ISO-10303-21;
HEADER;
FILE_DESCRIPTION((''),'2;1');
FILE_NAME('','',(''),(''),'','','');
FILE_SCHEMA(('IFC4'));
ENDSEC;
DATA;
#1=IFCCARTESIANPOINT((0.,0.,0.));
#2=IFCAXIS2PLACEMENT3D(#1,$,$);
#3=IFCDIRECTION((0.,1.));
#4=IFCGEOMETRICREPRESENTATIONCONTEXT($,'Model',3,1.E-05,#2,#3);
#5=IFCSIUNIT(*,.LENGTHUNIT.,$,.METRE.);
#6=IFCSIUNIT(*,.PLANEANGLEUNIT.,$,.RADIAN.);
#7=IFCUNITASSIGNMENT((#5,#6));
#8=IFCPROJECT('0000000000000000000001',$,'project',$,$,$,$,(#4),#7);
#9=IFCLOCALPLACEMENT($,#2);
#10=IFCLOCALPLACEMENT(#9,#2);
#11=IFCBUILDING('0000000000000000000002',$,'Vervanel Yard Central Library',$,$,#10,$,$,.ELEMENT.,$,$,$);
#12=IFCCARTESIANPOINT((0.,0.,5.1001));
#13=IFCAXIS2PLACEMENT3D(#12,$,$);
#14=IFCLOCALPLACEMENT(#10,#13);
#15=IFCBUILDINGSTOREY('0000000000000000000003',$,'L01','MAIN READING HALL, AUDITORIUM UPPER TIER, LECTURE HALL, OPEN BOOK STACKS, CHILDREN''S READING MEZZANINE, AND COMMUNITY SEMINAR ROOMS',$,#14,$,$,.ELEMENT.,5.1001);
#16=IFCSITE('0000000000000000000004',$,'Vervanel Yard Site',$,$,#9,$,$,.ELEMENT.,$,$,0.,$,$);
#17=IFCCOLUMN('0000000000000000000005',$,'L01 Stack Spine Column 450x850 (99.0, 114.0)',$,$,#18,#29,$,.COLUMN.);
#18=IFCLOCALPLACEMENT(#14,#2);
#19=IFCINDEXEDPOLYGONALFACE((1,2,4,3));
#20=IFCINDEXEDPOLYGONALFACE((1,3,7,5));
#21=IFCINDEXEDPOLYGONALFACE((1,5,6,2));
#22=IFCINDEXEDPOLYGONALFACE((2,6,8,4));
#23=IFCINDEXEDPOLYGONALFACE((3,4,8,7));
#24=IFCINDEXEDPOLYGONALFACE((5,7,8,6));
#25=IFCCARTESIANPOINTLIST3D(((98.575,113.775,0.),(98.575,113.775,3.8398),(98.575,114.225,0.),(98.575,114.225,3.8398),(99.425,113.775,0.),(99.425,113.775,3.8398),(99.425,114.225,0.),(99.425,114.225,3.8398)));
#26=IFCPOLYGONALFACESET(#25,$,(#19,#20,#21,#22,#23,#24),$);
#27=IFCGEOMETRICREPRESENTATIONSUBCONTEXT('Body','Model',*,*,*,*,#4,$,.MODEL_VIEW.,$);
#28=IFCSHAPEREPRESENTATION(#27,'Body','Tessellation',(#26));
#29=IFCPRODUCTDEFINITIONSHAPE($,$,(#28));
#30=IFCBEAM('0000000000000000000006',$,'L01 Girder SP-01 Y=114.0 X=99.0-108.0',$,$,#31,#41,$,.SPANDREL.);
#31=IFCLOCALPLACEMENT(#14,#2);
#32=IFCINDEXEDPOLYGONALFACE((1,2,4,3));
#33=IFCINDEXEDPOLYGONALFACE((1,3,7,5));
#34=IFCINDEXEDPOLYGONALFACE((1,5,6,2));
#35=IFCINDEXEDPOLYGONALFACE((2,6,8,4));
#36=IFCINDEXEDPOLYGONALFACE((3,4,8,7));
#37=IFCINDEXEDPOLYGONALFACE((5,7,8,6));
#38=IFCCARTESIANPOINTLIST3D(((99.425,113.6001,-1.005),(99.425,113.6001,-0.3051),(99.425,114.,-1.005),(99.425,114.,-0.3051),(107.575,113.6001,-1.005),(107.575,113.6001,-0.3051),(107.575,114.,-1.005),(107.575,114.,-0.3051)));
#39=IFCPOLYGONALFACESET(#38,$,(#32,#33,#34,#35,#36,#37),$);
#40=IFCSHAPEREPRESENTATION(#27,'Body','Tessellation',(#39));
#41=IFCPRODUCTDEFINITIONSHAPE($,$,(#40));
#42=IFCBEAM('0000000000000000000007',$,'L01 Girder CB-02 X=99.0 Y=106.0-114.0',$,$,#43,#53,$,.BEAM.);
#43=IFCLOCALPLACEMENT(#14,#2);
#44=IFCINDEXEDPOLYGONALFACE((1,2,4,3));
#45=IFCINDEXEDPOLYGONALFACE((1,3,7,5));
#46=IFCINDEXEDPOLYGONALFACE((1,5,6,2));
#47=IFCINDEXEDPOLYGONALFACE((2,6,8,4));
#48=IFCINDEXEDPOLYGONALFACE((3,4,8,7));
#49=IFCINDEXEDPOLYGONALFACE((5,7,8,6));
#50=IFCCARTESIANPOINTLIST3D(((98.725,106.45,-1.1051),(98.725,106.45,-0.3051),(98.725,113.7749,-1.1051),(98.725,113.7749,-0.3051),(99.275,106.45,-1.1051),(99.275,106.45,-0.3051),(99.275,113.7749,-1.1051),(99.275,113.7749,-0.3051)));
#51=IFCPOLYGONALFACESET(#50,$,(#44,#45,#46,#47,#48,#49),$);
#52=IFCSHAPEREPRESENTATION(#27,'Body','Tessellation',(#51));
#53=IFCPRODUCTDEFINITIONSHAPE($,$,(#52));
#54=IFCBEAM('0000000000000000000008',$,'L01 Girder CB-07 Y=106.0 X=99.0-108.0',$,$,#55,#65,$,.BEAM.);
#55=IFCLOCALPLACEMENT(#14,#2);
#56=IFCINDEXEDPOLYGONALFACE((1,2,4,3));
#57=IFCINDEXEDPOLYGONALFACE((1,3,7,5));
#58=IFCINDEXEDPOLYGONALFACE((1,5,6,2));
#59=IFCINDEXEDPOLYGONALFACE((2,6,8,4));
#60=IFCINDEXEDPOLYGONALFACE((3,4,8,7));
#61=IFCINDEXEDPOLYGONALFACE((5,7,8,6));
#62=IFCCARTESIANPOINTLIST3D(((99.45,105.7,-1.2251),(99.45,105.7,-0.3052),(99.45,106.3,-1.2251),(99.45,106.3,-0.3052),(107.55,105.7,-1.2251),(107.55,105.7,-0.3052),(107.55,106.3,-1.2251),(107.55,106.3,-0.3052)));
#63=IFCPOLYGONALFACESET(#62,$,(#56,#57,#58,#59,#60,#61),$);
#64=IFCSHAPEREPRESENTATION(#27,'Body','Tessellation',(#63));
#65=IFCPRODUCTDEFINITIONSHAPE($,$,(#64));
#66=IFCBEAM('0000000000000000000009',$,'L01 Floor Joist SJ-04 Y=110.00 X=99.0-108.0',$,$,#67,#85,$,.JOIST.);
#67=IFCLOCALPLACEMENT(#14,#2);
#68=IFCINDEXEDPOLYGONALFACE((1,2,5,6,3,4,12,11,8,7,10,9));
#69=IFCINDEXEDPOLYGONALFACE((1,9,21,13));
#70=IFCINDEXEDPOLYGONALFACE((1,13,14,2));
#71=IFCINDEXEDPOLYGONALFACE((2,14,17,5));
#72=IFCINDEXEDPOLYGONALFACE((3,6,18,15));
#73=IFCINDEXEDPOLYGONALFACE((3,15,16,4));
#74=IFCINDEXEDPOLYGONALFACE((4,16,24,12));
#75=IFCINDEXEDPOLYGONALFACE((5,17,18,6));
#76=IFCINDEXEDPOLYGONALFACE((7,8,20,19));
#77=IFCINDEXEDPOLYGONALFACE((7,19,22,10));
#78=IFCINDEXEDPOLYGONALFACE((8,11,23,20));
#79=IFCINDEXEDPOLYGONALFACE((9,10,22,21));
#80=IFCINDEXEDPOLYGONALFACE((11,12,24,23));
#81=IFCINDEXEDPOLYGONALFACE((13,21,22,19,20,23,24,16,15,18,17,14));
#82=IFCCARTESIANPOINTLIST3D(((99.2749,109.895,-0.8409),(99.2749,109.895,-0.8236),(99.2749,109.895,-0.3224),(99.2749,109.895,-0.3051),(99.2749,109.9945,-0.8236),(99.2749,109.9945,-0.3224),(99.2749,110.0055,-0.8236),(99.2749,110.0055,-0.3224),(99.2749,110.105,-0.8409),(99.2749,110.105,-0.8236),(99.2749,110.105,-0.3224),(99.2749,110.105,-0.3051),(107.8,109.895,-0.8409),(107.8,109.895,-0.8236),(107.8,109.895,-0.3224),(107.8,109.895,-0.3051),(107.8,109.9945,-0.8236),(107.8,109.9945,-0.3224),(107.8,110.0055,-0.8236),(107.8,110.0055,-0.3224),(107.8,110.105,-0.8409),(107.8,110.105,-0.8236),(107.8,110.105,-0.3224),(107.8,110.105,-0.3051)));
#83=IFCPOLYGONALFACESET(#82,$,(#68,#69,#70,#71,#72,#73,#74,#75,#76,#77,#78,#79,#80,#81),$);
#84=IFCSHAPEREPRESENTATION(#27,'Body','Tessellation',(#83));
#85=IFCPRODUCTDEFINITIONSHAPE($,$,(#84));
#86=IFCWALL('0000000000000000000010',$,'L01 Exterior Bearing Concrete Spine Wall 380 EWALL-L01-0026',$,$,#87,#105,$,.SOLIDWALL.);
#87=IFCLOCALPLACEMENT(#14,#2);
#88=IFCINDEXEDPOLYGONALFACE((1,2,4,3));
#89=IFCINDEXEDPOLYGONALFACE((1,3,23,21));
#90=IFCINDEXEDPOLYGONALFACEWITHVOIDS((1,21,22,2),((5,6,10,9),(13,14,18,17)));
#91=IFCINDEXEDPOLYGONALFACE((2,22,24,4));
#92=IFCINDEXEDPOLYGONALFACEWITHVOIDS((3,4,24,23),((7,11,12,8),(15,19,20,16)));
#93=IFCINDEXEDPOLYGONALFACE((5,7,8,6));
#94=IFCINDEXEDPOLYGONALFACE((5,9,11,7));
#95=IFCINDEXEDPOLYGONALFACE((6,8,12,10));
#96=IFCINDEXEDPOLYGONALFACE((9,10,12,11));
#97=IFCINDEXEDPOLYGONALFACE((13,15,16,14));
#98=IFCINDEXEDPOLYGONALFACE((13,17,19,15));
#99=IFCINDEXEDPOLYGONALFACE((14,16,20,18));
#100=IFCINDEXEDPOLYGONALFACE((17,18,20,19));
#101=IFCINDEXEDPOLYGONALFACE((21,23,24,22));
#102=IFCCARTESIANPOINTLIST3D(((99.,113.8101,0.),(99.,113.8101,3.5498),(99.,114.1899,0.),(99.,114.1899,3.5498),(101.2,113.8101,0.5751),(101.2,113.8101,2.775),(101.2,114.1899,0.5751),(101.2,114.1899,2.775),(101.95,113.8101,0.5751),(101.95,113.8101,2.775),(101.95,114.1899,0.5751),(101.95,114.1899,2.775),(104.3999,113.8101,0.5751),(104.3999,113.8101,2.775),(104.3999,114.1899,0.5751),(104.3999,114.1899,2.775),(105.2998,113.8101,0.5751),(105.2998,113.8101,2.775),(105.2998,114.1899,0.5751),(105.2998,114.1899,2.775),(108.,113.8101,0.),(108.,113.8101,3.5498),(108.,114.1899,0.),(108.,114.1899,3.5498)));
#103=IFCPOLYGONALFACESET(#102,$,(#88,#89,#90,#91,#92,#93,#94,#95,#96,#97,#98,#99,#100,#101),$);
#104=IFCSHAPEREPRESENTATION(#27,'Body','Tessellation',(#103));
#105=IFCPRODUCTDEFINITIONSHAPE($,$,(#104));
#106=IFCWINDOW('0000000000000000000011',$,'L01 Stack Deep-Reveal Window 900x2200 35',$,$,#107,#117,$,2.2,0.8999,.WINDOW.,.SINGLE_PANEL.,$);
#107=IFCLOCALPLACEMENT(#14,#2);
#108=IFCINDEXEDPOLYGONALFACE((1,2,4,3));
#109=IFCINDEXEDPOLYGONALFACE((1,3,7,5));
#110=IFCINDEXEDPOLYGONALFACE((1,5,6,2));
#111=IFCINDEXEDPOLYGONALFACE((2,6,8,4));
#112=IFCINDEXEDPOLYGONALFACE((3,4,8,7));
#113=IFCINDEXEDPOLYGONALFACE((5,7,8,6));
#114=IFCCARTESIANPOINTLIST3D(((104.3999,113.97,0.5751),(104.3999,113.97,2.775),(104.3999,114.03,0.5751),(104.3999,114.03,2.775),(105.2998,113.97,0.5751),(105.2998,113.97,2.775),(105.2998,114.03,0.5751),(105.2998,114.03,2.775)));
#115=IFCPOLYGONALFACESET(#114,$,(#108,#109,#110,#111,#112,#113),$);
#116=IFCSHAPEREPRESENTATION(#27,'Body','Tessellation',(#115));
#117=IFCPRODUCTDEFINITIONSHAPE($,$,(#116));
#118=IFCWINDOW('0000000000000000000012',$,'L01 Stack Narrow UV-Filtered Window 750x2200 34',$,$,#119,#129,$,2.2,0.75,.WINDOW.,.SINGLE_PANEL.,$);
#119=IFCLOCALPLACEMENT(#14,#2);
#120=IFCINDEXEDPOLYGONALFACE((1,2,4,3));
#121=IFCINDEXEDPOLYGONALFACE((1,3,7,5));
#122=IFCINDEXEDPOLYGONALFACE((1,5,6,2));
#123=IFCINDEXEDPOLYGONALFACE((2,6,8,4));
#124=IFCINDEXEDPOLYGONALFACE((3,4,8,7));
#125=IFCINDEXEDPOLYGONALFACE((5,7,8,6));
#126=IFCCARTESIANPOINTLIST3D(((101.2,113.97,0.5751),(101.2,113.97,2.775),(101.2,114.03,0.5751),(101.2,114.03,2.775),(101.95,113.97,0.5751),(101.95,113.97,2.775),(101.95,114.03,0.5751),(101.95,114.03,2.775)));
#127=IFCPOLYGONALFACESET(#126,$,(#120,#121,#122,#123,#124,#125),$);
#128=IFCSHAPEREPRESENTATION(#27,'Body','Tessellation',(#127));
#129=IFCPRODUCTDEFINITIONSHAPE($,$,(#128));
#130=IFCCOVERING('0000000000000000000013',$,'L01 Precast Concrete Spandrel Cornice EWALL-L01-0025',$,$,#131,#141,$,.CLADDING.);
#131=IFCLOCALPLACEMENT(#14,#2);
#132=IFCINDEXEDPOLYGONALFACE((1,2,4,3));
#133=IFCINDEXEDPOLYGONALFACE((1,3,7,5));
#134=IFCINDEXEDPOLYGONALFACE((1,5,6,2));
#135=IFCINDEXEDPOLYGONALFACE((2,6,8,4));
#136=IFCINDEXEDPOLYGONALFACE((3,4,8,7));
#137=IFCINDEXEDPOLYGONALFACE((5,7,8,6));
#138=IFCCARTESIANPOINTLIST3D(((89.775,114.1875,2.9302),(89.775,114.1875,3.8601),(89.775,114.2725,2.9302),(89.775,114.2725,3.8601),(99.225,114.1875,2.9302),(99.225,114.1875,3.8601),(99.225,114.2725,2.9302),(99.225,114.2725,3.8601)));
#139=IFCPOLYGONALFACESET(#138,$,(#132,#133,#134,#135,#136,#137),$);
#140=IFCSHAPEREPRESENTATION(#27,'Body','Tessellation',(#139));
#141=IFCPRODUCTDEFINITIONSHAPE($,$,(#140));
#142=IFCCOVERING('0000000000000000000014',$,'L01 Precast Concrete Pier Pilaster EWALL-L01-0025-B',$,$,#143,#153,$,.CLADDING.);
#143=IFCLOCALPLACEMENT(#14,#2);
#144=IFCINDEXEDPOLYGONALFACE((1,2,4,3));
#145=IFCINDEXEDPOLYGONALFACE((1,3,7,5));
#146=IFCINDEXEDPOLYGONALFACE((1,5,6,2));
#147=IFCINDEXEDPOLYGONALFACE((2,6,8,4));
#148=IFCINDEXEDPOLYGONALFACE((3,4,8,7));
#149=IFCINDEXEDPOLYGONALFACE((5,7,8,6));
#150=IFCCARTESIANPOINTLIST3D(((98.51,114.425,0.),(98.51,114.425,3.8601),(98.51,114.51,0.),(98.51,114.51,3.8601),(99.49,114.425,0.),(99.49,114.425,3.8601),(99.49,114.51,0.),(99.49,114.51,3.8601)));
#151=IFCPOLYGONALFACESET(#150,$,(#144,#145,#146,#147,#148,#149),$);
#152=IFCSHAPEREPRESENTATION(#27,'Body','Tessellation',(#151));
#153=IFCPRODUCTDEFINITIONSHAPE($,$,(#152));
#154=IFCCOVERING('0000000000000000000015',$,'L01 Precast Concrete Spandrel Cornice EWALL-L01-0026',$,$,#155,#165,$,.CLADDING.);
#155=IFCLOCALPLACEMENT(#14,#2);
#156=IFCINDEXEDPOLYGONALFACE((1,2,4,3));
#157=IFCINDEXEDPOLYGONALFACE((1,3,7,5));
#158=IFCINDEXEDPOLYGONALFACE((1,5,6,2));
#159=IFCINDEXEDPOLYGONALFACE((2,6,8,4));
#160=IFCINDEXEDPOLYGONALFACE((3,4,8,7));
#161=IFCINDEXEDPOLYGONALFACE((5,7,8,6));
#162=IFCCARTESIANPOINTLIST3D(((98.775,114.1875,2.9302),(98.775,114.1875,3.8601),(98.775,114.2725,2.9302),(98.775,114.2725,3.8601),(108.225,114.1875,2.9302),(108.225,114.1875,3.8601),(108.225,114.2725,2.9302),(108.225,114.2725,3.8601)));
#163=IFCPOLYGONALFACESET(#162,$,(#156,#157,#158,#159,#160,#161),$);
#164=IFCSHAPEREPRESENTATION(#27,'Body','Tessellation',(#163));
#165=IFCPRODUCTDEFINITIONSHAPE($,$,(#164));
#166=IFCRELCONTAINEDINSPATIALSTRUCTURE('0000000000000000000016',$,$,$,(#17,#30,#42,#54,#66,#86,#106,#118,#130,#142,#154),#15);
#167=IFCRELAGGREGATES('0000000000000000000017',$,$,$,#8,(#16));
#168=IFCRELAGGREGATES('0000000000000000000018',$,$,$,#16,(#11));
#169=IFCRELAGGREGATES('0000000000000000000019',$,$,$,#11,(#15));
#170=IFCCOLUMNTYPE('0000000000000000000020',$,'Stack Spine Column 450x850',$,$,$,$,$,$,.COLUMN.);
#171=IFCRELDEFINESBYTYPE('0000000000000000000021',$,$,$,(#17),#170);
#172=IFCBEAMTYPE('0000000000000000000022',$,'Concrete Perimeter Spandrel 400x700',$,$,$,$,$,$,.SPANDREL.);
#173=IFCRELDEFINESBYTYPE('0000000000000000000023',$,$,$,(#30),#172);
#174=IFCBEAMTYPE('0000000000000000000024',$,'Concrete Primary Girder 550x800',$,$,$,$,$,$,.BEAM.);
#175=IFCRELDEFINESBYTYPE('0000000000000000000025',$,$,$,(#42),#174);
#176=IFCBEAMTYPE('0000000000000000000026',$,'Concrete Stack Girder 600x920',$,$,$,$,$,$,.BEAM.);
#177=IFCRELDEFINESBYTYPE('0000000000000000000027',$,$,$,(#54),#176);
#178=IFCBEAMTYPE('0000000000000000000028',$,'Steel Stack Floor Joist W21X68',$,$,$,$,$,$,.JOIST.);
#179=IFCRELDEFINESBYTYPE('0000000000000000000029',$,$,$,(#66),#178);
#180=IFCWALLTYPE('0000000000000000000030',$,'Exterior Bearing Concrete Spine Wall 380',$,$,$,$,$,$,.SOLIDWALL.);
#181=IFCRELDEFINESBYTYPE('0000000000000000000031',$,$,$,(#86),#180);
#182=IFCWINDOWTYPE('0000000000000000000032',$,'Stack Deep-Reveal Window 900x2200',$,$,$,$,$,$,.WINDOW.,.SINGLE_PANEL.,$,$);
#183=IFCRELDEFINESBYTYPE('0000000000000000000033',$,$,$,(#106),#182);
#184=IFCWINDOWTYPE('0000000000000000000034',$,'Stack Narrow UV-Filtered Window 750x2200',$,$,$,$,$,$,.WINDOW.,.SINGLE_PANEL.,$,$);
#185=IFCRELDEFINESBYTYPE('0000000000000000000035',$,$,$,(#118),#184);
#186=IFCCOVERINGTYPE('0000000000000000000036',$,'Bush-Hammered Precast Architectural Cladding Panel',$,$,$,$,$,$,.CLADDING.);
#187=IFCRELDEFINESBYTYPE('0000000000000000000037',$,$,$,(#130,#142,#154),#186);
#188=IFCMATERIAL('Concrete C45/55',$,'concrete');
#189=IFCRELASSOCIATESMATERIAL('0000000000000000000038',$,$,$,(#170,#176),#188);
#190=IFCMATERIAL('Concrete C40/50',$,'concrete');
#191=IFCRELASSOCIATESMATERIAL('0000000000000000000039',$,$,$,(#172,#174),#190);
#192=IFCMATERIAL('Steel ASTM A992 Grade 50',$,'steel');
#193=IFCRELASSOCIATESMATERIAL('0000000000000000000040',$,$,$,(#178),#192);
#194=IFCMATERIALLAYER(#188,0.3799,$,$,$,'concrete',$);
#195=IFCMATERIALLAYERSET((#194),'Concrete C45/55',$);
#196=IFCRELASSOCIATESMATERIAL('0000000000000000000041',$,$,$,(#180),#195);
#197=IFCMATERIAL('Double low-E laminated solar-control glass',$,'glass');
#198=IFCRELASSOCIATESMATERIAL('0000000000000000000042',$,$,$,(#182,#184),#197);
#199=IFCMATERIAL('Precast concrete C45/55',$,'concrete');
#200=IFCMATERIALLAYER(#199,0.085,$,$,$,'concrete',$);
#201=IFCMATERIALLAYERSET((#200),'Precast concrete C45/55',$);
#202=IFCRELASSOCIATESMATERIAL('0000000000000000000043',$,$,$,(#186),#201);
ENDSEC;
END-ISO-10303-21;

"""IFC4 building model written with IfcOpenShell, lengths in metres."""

from ifc_helpers import new_model, si_unit, direction, frame, frame_2d, origin, origin_2d, place, context, subcontext, project, spatial, rectangle, i_section, extrude, material, layer, layer_set, material_profile, profile_set, type_object, element, fill, save


model = new_model("IFC4")

# Units and contexts
model_context = context("Model", 3, precision=1e-05, world=origin(), true_north=direction((0.0, 1.0)))
body_context = subcontext(model_context, "Body", "Model", "MODEL_VIEW")
ifc_project = project(units=[si_unit("LENGTHUNIT", "METRE"), si_unit("PLANEANGLEUNIT", "RADIAN")], contexts=[model_context])

# Site, building, storey
site_placement = place(None, origin())
site = spatial("IfcSite", under=ifc_project, at=site_placement, Name="Vervanel Yard Site", CompositionType="ELEMENT", RefElevation=0.0)
building_placement = place(site_placement, origin())
building = spatial("IfcBuilding", under=site, at=building_placement, Name="Vervanel Yard Central Library", CompositionType="ELEMENT")
storey_placement = place(building_placement, frame((0.0, 0.0, 5.1001)))
storey = spatial("IfcBuildingStorey", under=building, at=storey_placement, Name="L01", Description="MAIN READING HALL, AUDITORIUM UPPER TIER, LECTURE HALL, OPEN BOOK STACKS, CHILDREN'S READING MEZZANINE, AND COMMUNITY SEMINAR ROOMS", CompositionType="ELEMENT", Elevation=5.1001)

# Column
ifc_material_1 = material(Name="Concrete C45/55", Category="concrete")
ifc_material_profile_1 = material_profile(ifc_material_1, rectangle(XDim=0.45, YDim=0.8501, at=origin_2d()), Name="RC 450x850", Category="concrete")
ifc_profile_set_1 = profile_set([ifc_material_profile_1], Name="Concrete C45/55")
column_type = type_object("IfcColumnType", Name="Stack Spine Column 450x850", PredefinedType="COLUMN", material=ifc_profile_set_1)
column_placement = place(storey_placement, frame((99.0, 114.0, 0.0), z_axis=(0.0, 0.0, 1.0), x_axis=(0.0, 1.0, 0.0)))
element("IfcColumn", 1, at=column_placement, inside=storey, type_object=column_type, Name="L01 Stack Spine Column 450x850 (99.0, 114.0)", PredefinedType="COLUMN", context=body_context, shape_type="SweptSolid", body=[
    extrude(rectangle(XDim=0.45, YDim=0.8501, at=origin_2d()), origin(), (0.0, 0.0, 1.0), 3.8398),
])

# Beams
ifc_material_2 = material(Name="Concrete C40/50", Category="concrete")
ifc_material_profile_2 = material_profile(ifc_material_2, rectangle(XDim=0.3999, YDim=0.7, at=origin_2d()), Name="RC 400x700", Category="concrete")
ifc_profile_set_2 = profile_set([ifc_material_profile_2], Name="Concrete C40/50")
beam_type_1 = type_object("IfcBeamType", Name="Concrete Perimeter Spandrel 400x700", PredefinedType="SPANDREL", material=ifc_profile_set_2)
beam_1_placement = place(storey_placement, frame((99.425, 113.8, -0.655), z_axis=(1.0, 0.0, 0.0), x_axis=(0.0, 1.0, 0.0)))
element("IfcBeam", 2, at=beam_1_placement, inside=storey, type_object=beam_type_1, Name="L01 Girder SP-01 Y=114.0 X=99.0-108.0", PredefinedType="SPANDREL", context=body_context, shape_type="SweptSolid", body=[
    extrude(rectangle(XDim=0.3999, YDim=0.7, at=origin_2d()), origin(), (0.0, 0.0, 1.0), 8.1499),
])
ifc_material_profile_3 = material_profile(ifc_material_2, rectangle(XDim=0.55, YDim=0.8, at=origin_2d()), Name="RC 550x800", Category="concrete")
ifc_profile_set_3 = profile_set([ifc_material_profile_3], Name="Concrete C40/50")
beam_type_2 = type_object("IfcBeamType", Name="Concrete Primary Girder 550x800", PredefinedType="BEAM", material=ifc_profile_set_3)
beam_2_placement = place(storey_placement, frame((99.0, 106.45, -0.7051), z_axis=(0.0, 1.0, 0.0), x_axis=(-1.0, 0.0, 0.0)))
element("IfcBeam", 3, at=beam_2_placement, inside=storey, type_object=beam_type_2, Name="L01 Girder CB-02 X=99.0 Y=106.0-114.0", PredefinedType="BEAM", context=body_context, shape_type="SweptSolid", body=[
    extrude(rectangle(XDim=0.55, YDim=0.8, at=origin_2d()), origin(), (0.0, 0.0, 1.0), 7.325),
])
ifc_material_profile_4 = material_profile(ifc_material_1, rectangle(XDim=0.6001, YDim=0.9199, at=origin_2d()), Name="RC 600x920", Category="concrete")
ifc_profile_set_4 = profile_set([ifc_material_profile_4], Name="Concrete C45/55")
beam_type_3 = type_object("IfcBeamType", Name="Concrete Stack Girder 600x920", PredefinedType="BEAM", material=ifc_profile_set_4)
beam_3_placement = place(storey_placement, frame((99.45, 106.0, -0.7651), z_axis=(1.0, 0.0, 0.0), x_axis=(0.0, 1.0, 0.0)))
element("IfcBeam", 4, at=beam_3_placement, inside=storey, type_object=beam_type_3, Name="L01 Girder CB-07 Y=106.0 X=99.0-108.0", PredefinedType="BEAM", context=body_context, shape_type="SweptSolid", body=[
    extrude(rectangle(XDim=0.6001, YDim=0.9199, at=origin_2d()), origin(), (0.0, 0.0, 1.0), 8.1001),
])
ifc_material_3 = material(Name="Steel ASTM A992 Grade 50", Category="steel")
ifc_material_profile_5 = material_profile(ifc_material_3, i_section(OverallWidth=0.21, OverallDepth=0.5359, WebThickness=0.011, FlangeThickness=0.0173, at=origin_2d()), Name="W21X68", Category="steel")
ifc_profile_set_5 = profile_set([ifc_material_profile_5], Name="Steel ASTM A992 Grade 50")
beam_type_4 = type_object("IfcBeamType", Name="Steel Stack Floor Joist W21X68", PredefinedType="JOIST", material=ifc_profile_set_5)
beam_4_placement = place(storey_placement, frame((99.2749, 110.0, -0.573), z_axis=(1.0, 0.0, 0.0), x_axis=(0.0, 1.0, 0.0)))
element("IfcBeam", 5, at=beam_4_placement, inside=storey, type_object=beam_type_4, Name="L01 Floor Joist SJ-04 Y=110.00 X=99.0-108.0", PredefinedType="JOIST", context=body_context, shape_type="SweptSolid", body=[
    extrude(i_section(OverallWidth=0.21, OverallDepth=0.5359, WebThickness=0.011, FlangeThickness=0.0173, at=origin_2d()), origin(), (0.0, 0.0, 1.0), 8.5251),
])

# Wall, openings, windows
ifc_layer_1 = layer(ifc_material_1, 0.3799, Category="concrete")
ifc_layer_set_1 = layer_set([ifc_layer_1], Name="Concrete C45/55")
wall_type = type_object("IfcWallType", Name="Exterior Bearing Concrete Spine Wall 380", PredefinedType="SOLIDWALL", material=ifc_layer_set_1)
wall_placement = place(storey_placement, frame((99.0, 114.0, 0.0), z_axis=(0.0, 0.0, 1.0), x_axis=(1.0, 0.0, 0.0)))
wall = element("IfcWall", 6, at=wall_placement, inside=storey, type_object=wall_type, Name="L01 Exterior Bearing Concrete Spine Wall 380 EWALL-L01-0026", PredefinedType="SOLIDWALL", context=body_context, shape_type="SweptSolid", body=[
    extrude(rectangle(XDim=9.0, YDim=0.3799, at=frame_2d((4.5, 0.0))), origin(), (0.0, 0.0, 1.0), 3.5498),
])
opening_1_placement = place(wall_placement, frame((2.2, 0.0, 0.575)))
opening_1 = element("IfcOpeningElement", 7, at=opening_1_placement, cuts=wall, PredefinedType="OPENING", context=body_context, shape_type="SweptSolid", body=[
    extrude(rectangle(XDim=0.75, YDim=2.2, at=frame_2d((0.375, 1.1001))), frame((0.0, 0.2, 0.0), z_axis=(0.0, -1.0, 0.0), x_axis=(1.0, 0.0, 0.0)), (0.0, 0.0, 1.0), 0.3999),
])
opening_2_placement = place(wall_placement, frame((5.3999, 0.0, 0.575)))
opening_2 = element("IfcOpeningElement", 8, at=opening_2_placement, cuts=wall, PredefinedType="OPENING", context=body_context, shape_type="SweptSolid", body=[
    extrude(rectangle(XDim=0.8999, YDim=2.2, at=frame_2d((0.45, 1.1001))), frame((0.0, 0.2, 0.0), z_axis=(0.0, -1.0, 0.0), x_axis=(1.0, 0.0, 0.0)), (0.0, 0.0, 1.0), 0.3999),
])
ifc_material_4 = material(Name="Double low-E laminated solar-control glass", Category="glass")
window_type_1 = type_object("IfcWindowType", Name="Stack Deep-Reveal Window 900x2200", PartitioningType="SINGLE_PANEL", PredefinedType="WINDOW", material=ifc_material_4)
window_1_placement = place(opening_2_placement, origin())
window_1 = element("IfcWindow", 9, at=window_1_placement, inside=storey, type_object=window_type_1, Name="L01 Stack Deep-Reveal Window 900x2200 35", OverallHeight=2.2, OverallWidth=0.8999, PartitioningType="SINGLE_PANEL", PredefinedType="WINDOW", context=body_context, shape_type="SweptSolid", body=[
    extrude(rectangle(XDim=0.8999, YDim=2.2, at=frame_2d((0.45, 1.1001))), frame((0.0, 0.03, 0.0), z_axis=(0.0, -1.0, 0.0), x_axis=(1.0, 0.0, 0.0)), (0.0, 0.0, 1.0), 0.0601),
])
fill(opening_2, window_1)
window_type_2 = type_object("IfcWindowType", Name="Stack Narrow UV-Filtered Window 750x2200", PartitioningType="SINGLE_PANEL", PredefinedType="WINDOW", material=ifc_material_4)
window_2_placement = place(opening_1_placement, origin())
window_2 = element("IfcWindow", 10, at=window_2_placement, inside=storey, type_object=window_type_2, Name="L01 Stack Narrow UV-Filtered Window 750x2200 34", OverallHeight=2.2, OverallWidth=0.75, PartitioningType="SINGLE_PANEL", PredefinedType="WINDOW", context=body_context, shape_type="SweptSolid", body=[
    extrude(rectangle(XDim=0.75, YDim=2.2, at=frame_2d((0.375, 1.1001))), frame((0.0, 0.03, 0.0), z_axis=(0.0, -1.0, 0.0), x_axis=(1.0, 0.0, 0.0)), (0.0, 0.0, 1.0), 0.0601),
])
fill(opening_1, window_2)

# Coverings
ifc_material_5 = material(Name="Precast concrete C45/55", Category="concrete")
ifc_layer_2 = layer(ifc_material_5, 0.085, Category="concrete")
ifc_layer_set_2 = layer_set([ifc_layer_2], Name="Precast concrete C45/55")
covering_type = type_object("IfcCoveringType", Name="Bush-Hammered Precast Architectural Cladding Panel", PredefinedType="CLADDING", material=ifc_layer_set_2)
covering_1_placement = place(storey_placement, frame((94.5, 114.23, 2.9302), z_axis=(0.0, 0.0, 1.0), x_axis=(1.0, 0.0, 0.0)))
element("IfcCovering", 11, at=covering_1_placement, inside=storey, type_object=covering_type, Name="L01 Precast Concrete Spandrel Cornice EWALL-L01-0025", PredefinedType="CLADDING", context=body_context, shape_type="SweptSolid", body=[
    extrude(rectangle(XDim=9.45, YDim=0.085, at=origin_2d()), origin(), (0.0, 0.0, 1.0), 0.9299),
])
covering_2_placement = place(storey_placement, frame((99.0, 114.4675, 0.0), z_axis=(0.0, 0.0, 1.0), x_axis=(1.0, 0.0, 0.0)))
element("IfcCovering", 12, at=covering_2_placement, inside=storey, type_object=covering_type, Name="L01 Precast Concrete Pier Pilaster EWALL-L01-0025-B", PredefinedType="CLADDING", context=body_context, shape_type="SweptSolid", body=[
    extrude(rectangle(XDim=0.98, YDim=0.085, at=origin_2d()), origin(), (0.0, 0.0, 1.0), 3.8601),
])
covering_3_placement = place(storey_placement, frame((103.5, 114.23, 2.9302), z_axis=(0.0, 0.0, 1.0), x_axis=(1.0, 0.0, 0.0)))
element("IfcCovering", 13, at=covering_3_placement, inside=storey, type_object=covering_type, Name="L01 Precast Concrete Spandrel Cornice EWALL-L01-0026", PredefinedType="CLADDING", context=body_context, shape_type="SweptSolid", body=[
    extrude(rectangle(XDim=9.45, YDim=0.085, at=origin_2d()), origin(), (0.0, 0.0, 1.0), 0.9299),
])

save(model, "model.ifc")
